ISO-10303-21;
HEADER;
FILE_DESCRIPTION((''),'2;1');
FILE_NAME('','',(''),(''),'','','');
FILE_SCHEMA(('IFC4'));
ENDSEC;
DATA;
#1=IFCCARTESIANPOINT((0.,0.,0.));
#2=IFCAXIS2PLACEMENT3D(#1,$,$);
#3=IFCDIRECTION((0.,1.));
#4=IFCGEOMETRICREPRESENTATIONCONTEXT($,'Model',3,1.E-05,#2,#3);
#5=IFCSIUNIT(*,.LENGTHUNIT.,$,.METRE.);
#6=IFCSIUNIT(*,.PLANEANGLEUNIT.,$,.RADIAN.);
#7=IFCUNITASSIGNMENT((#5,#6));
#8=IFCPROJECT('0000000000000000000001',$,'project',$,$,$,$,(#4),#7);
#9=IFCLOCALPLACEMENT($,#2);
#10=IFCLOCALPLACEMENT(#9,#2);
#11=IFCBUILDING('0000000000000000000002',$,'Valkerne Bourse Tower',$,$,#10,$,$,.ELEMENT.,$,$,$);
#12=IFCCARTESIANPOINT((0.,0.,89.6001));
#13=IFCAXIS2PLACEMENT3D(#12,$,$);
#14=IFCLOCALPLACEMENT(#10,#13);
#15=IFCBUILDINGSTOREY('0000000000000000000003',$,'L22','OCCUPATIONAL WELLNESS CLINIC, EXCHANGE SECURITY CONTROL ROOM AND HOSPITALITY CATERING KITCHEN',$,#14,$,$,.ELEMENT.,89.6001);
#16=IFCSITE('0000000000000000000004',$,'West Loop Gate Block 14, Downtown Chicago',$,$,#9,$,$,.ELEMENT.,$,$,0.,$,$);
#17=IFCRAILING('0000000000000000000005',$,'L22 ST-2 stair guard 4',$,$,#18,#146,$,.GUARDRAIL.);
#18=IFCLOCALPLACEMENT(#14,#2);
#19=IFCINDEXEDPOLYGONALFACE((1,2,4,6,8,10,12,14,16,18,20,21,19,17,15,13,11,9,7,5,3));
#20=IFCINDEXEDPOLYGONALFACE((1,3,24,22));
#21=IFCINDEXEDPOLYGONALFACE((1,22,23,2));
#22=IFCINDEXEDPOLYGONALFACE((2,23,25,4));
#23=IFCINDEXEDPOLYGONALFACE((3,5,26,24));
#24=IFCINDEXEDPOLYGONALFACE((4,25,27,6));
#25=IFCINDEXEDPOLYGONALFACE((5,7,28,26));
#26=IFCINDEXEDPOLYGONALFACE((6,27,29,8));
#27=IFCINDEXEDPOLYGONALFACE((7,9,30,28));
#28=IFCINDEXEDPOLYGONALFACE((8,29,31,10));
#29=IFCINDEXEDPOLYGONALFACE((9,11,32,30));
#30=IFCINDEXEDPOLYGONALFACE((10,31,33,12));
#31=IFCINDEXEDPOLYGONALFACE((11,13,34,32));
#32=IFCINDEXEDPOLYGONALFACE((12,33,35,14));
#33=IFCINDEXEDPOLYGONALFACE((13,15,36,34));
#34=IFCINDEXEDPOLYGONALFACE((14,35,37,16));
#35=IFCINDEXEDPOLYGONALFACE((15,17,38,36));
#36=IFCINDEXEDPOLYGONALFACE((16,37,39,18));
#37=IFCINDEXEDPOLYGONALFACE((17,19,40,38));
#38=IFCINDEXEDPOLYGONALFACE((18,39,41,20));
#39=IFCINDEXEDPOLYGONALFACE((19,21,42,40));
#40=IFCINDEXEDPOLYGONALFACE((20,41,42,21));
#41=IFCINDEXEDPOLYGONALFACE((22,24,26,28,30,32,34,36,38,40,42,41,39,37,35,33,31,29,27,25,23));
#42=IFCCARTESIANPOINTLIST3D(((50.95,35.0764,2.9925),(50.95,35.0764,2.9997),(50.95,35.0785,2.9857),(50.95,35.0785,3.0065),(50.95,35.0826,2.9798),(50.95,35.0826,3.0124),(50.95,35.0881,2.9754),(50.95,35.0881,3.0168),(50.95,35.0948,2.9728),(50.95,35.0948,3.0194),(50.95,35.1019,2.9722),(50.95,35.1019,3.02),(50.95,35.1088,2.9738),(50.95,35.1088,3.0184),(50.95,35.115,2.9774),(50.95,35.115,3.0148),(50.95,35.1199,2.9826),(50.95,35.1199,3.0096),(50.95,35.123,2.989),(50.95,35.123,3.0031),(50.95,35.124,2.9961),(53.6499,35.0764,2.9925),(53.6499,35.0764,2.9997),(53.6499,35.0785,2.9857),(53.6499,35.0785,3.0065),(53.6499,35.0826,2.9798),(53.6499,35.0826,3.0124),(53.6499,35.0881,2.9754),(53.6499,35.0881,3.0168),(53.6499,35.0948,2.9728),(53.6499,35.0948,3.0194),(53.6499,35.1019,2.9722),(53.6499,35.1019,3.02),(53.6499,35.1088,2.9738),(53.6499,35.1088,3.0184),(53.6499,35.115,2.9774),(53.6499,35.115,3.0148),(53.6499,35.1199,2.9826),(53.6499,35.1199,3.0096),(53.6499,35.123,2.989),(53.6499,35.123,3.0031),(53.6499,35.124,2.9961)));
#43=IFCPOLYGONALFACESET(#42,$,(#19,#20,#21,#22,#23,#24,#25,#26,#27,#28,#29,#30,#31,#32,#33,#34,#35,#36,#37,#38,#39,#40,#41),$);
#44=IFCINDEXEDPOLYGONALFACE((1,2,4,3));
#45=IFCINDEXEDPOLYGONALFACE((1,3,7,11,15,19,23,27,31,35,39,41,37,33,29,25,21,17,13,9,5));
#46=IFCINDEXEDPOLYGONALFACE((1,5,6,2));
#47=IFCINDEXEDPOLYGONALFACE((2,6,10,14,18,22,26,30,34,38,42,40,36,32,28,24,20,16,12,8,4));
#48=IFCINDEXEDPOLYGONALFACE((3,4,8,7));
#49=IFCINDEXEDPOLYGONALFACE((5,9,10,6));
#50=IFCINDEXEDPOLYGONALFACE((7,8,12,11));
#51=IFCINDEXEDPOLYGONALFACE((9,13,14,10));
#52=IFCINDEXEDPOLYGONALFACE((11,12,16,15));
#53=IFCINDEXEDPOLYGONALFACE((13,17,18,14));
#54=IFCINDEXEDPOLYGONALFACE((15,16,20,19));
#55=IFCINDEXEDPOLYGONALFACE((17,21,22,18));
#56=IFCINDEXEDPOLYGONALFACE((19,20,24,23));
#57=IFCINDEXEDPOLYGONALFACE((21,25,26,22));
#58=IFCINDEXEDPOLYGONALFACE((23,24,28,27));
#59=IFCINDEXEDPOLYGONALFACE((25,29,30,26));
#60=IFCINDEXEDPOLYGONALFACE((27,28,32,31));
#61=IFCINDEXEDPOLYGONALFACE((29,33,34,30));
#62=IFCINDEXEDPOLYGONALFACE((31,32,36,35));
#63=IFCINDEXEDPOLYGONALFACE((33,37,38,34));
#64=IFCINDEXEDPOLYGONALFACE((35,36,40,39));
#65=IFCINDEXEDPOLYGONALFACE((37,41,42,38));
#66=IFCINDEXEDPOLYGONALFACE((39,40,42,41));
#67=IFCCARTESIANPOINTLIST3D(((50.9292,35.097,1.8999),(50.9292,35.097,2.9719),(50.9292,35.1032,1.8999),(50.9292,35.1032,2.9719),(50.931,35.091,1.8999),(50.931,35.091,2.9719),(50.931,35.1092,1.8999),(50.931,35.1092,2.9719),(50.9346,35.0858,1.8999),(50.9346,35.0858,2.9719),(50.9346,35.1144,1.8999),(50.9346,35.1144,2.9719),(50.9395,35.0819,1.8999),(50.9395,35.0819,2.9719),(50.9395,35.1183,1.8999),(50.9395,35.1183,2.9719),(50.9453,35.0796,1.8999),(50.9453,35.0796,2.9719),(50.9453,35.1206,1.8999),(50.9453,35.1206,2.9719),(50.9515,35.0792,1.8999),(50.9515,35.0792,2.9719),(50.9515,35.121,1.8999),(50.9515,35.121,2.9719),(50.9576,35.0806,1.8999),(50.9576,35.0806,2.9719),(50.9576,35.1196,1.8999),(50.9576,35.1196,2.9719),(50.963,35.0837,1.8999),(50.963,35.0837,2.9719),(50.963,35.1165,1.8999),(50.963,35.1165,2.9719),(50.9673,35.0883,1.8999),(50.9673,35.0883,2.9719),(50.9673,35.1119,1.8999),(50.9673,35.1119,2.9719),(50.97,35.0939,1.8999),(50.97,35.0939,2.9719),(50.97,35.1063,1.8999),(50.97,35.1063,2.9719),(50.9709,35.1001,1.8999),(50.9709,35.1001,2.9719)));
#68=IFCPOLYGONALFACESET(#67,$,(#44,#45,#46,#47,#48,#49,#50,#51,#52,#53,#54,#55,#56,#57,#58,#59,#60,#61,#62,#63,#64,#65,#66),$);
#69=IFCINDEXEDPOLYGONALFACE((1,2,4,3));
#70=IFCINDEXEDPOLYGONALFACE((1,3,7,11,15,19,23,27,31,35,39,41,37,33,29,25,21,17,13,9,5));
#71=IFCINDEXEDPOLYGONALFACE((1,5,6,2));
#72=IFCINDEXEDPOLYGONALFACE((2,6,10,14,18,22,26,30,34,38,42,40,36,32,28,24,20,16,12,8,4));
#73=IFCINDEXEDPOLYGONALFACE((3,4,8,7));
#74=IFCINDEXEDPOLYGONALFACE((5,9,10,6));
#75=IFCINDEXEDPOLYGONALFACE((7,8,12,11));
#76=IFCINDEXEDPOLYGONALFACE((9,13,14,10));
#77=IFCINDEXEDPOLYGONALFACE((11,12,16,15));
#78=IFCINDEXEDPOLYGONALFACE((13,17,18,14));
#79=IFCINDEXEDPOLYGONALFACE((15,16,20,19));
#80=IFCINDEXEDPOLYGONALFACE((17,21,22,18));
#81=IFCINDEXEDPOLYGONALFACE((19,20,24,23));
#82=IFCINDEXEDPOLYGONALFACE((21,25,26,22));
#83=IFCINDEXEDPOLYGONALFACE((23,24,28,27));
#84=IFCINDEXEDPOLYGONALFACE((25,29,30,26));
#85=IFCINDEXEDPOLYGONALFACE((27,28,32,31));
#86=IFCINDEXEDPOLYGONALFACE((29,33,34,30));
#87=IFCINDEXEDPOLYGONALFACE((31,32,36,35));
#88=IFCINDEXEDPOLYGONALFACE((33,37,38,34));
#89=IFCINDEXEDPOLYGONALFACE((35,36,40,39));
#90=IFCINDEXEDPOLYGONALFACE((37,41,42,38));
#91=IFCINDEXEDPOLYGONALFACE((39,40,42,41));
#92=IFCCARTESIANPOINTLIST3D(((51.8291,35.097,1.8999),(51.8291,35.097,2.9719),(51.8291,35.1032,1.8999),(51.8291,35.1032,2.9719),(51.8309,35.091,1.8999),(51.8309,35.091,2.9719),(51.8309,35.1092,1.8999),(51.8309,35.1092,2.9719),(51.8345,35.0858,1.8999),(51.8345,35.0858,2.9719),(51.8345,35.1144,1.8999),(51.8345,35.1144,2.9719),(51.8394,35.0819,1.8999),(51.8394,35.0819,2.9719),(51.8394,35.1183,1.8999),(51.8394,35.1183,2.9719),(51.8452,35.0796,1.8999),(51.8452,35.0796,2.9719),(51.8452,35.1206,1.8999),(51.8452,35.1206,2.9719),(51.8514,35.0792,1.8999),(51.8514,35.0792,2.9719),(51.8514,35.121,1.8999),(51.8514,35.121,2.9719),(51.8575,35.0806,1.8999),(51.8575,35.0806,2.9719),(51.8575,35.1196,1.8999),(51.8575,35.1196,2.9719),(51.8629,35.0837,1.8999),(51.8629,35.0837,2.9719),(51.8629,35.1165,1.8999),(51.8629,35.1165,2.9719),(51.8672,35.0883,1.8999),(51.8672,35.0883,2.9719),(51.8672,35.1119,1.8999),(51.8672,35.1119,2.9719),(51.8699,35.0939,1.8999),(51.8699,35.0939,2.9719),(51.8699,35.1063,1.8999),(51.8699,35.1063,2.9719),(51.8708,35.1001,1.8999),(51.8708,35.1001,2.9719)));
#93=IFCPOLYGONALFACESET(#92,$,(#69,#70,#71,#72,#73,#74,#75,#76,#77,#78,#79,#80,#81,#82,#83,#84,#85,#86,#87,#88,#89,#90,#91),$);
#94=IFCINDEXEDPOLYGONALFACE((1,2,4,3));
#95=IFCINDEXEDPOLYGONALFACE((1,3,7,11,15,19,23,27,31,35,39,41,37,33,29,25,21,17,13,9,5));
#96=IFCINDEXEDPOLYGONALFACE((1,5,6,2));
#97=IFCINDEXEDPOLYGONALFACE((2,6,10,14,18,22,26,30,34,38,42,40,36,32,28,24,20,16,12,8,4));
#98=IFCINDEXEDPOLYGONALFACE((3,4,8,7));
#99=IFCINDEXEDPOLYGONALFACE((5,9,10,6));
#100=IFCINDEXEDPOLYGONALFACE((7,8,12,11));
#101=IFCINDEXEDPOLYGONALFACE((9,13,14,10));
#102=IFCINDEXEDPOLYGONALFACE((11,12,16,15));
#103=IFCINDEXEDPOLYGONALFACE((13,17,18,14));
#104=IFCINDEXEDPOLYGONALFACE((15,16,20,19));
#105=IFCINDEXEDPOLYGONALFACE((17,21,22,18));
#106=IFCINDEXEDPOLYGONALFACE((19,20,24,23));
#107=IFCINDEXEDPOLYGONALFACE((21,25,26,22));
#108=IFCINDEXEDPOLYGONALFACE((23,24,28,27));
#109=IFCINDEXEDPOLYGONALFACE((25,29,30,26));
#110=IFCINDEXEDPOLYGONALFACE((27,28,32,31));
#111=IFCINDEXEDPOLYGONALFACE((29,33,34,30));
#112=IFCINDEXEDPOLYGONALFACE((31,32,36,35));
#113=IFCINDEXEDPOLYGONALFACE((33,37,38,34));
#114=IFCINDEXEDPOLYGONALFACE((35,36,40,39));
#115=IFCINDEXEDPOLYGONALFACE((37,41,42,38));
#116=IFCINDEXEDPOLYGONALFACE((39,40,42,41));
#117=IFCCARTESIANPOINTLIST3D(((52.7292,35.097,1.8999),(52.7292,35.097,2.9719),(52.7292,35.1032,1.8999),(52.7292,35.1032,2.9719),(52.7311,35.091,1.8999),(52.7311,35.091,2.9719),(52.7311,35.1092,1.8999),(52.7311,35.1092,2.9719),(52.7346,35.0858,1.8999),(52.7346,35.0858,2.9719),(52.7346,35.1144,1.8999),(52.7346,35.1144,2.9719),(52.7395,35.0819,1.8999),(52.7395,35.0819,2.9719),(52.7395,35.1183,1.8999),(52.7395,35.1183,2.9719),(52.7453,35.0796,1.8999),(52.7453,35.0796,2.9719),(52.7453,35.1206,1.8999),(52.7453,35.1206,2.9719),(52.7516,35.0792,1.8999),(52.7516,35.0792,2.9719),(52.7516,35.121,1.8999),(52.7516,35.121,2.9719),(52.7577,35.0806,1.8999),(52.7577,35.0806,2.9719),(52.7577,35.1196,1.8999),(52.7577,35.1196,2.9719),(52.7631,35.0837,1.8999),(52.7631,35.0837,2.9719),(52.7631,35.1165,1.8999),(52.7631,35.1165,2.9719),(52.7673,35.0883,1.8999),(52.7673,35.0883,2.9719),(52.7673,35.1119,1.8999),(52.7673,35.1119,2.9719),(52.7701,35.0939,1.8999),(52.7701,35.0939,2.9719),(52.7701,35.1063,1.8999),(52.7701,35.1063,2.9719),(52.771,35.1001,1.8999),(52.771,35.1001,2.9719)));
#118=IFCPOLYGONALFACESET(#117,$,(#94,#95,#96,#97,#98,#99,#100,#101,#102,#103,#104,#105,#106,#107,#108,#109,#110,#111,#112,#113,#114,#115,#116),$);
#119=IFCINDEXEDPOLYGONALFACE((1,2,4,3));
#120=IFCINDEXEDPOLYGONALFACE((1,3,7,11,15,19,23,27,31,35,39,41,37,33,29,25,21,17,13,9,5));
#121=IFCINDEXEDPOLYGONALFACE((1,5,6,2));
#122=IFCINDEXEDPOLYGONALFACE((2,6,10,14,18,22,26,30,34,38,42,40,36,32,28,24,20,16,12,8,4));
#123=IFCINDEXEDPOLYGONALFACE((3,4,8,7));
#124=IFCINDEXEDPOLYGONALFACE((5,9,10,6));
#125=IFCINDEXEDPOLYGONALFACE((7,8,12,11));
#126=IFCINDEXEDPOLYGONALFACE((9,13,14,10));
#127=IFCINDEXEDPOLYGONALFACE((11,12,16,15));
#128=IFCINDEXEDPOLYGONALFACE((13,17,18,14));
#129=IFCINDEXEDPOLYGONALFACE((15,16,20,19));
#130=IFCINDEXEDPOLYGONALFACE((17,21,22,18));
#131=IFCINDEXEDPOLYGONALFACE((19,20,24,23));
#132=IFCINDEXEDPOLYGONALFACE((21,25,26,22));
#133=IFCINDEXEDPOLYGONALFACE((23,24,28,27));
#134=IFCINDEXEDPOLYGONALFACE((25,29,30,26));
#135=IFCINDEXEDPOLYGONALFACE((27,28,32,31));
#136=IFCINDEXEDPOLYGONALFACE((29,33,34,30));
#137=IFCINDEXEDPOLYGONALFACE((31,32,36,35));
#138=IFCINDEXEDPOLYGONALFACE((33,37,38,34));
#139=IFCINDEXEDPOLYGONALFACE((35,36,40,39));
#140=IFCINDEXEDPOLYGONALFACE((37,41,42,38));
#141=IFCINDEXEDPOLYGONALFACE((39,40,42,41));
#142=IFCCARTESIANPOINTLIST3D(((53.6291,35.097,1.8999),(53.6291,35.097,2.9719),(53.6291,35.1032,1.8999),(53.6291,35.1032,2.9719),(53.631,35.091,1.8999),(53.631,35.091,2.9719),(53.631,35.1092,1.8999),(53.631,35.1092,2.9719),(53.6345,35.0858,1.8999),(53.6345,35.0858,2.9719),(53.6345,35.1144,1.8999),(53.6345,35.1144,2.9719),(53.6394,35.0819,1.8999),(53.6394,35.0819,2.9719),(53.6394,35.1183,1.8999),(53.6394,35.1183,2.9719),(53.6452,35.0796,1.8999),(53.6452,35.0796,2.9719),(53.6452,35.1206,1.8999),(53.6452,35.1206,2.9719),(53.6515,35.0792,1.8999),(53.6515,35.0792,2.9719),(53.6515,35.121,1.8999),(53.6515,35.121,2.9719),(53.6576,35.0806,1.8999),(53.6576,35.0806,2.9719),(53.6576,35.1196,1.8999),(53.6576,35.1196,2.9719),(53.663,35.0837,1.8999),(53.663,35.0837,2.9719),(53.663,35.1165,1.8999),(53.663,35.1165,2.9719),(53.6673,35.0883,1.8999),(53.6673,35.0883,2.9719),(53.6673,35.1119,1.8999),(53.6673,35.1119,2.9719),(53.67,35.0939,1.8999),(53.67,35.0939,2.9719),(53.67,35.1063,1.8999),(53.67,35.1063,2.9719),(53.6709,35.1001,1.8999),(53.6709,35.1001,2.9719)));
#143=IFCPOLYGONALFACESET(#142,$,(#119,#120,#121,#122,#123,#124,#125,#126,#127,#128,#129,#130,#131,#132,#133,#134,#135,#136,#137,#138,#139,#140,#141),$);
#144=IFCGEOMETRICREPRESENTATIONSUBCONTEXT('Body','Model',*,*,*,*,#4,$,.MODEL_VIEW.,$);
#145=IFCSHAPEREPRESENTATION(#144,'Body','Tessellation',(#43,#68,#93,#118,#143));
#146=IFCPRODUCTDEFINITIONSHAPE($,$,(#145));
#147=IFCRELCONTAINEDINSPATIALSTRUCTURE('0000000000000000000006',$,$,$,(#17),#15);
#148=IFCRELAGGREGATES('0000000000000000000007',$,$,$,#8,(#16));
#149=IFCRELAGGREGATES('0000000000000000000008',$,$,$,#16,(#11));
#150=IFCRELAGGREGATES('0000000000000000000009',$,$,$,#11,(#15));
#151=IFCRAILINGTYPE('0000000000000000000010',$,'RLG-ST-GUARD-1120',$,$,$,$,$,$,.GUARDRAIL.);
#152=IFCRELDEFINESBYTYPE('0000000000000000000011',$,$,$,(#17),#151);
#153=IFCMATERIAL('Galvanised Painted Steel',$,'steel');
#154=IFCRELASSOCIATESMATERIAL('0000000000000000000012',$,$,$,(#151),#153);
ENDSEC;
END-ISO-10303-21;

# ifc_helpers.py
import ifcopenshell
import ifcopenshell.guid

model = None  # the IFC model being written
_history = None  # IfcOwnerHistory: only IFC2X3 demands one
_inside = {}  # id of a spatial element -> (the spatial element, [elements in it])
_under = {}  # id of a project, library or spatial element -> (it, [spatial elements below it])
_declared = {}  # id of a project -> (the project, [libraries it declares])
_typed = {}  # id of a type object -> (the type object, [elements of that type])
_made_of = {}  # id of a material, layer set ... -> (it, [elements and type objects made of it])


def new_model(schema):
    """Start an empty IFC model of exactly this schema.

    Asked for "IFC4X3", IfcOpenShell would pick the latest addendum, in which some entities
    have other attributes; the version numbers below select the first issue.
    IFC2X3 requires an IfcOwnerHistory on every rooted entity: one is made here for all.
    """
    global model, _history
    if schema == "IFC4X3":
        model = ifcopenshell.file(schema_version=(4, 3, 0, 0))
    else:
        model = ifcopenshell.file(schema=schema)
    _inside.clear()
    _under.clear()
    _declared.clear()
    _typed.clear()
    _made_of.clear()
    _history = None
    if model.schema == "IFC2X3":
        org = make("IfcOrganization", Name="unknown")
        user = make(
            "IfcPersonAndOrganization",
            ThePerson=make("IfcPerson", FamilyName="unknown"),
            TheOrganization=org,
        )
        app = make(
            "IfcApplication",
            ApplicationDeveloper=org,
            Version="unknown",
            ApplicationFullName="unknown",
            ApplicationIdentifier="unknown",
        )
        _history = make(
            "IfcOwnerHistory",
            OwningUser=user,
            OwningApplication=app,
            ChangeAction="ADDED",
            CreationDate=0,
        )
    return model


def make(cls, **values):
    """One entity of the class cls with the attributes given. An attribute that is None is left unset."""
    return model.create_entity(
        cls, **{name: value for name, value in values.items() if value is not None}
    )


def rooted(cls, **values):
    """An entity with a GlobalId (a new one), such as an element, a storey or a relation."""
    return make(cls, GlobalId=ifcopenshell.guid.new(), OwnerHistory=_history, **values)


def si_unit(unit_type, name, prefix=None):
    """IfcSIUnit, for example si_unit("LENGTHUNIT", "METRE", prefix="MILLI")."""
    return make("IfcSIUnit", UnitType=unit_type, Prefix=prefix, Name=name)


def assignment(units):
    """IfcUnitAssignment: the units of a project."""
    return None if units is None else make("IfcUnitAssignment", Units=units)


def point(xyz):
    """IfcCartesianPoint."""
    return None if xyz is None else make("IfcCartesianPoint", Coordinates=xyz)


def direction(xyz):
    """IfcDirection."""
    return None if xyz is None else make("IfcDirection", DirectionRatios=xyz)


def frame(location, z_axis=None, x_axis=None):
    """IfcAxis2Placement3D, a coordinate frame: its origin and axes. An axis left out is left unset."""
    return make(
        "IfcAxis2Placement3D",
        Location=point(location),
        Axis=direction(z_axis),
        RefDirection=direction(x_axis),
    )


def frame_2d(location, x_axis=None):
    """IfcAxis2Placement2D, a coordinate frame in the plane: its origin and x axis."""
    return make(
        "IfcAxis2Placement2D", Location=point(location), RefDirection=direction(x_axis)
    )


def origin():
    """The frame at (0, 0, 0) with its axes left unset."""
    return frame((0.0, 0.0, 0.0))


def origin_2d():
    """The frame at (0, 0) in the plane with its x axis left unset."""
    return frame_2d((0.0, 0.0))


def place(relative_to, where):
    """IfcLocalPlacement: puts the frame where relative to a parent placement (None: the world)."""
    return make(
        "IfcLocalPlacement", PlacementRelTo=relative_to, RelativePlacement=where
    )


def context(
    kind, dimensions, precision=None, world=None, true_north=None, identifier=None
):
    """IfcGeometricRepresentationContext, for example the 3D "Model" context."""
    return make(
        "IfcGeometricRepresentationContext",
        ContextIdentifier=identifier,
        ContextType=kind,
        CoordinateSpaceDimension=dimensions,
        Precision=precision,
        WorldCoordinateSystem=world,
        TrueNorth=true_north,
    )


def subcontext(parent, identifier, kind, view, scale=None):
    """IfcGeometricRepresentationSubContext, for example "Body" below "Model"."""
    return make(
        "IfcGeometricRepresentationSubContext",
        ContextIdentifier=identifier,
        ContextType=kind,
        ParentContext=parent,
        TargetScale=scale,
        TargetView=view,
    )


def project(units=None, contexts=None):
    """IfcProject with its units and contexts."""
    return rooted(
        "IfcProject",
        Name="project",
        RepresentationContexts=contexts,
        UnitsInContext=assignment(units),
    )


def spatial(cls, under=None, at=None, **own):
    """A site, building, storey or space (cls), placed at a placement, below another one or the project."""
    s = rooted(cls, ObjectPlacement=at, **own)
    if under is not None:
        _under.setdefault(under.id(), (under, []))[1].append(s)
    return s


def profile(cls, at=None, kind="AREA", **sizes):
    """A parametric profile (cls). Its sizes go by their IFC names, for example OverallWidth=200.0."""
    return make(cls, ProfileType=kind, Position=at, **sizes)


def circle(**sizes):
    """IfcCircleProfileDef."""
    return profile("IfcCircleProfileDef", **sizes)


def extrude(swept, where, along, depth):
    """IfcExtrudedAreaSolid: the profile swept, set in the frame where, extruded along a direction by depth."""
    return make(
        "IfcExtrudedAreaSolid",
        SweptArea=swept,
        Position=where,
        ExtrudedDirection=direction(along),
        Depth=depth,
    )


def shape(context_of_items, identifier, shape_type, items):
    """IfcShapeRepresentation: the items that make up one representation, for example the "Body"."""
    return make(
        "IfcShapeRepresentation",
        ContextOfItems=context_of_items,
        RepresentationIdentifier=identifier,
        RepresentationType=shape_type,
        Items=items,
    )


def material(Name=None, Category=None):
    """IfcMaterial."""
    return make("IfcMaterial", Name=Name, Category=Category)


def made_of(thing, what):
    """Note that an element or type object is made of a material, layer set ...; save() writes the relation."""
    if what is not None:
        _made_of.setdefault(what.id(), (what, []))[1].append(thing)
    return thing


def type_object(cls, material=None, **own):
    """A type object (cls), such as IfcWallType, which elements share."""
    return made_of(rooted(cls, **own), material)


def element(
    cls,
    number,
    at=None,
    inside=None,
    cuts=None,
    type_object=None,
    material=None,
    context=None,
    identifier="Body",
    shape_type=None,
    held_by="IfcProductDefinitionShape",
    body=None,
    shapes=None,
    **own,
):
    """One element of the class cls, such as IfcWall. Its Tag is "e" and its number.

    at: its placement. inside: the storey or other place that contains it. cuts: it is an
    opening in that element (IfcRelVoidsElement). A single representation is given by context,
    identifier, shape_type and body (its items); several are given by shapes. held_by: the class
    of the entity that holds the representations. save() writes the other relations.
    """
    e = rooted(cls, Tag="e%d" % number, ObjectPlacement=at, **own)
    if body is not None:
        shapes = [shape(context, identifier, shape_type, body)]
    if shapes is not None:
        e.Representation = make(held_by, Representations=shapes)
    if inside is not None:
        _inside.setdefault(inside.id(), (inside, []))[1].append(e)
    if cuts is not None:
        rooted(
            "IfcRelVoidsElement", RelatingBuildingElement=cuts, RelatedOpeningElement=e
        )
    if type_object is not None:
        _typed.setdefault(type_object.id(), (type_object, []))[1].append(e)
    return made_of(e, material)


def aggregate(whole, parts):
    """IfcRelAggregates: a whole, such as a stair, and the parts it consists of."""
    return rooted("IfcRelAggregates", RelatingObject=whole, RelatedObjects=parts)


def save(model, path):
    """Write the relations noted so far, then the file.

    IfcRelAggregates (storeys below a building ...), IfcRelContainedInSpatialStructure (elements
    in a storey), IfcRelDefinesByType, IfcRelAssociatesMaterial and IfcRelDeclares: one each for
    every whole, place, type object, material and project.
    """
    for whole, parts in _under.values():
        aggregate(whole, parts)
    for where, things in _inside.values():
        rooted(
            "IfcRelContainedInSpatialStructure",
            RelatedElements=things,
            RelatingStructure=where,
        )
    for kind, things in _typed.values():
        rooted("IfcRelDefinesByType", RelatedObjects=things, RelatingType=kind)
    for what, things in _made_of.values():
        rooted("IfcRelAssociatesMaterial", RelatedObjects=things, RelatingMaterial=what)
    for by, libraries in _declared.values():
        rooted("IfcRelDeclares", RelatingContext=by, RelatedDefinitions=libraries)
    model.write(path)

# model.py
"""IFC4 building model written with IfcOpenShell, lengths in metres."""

from ifc_helpers import new_model, si_unit, direction, frame, origin, origin_2d, place, context, subcontext, project, spatial, circle, extrude, material, type_object, element, save


model = new_model("IFC4")

# Units and contexts
model_context = context("Model", 3, precision=1e-05, world=origin(), true_north=direction((0.0, 1.0)))
body_context = subcontext(model_context, "Body", "Model", "MODEL_VIEW")
ifc_project = project(units=[si_unit("LENGTHUNIT", "METRE"), si_unit("PLANEANGLEUNIT", "RADIAN")], contexts=[model_context])

# Site, building, storey
site_placement = place(None, origin())
site = spatial("IfcSite", under=ifc_project, at=site_placement, Name="West Loop Gate Block 14, Downtown Chicago", CompositionType="ELEMENT", RefElevation=0.0)
building_placement = place(site_placement, origin())
building = spatial("IfcBuilding", under=site, at=building_placement, Name="Valkerne Bourse Tower", CompositionType="ELEMENT")
storey_placement = place(building_placement, frame((0.0, 0.0, 89.6001)))
storey = spatial("IfcBuildingStorey", under=building, at=storey_placement, Name="L22", Description="OCCUPATIONAL WELLNESS CLINIC, EXCHANGE SECURITY CONTROL ROOM AND HOSPITALITY CATERING KITCHEN", CompositionType="ELEMENT", Elevation=89.6001)

# Railing
ifc_material_1 = material(Name="Galvanised Painted Steel", Category="steel")
railing_type_1 = type_object("IfcRailingType", Name="RLG-ST-GUARD-1120", PredefinedType="GUARDRAIL", material=ifc_material_1)
for number, where, name in (
    (1, (50.95, 35.1001, 1.8999), "L22 ST-2 stair guard 4"),
):
    element("IfcRailing", number, at=place(storey_placement, frame(where)), inside=storey, type_object=railing_type_1, Name=name, PredefinedType="GUARDRAIL", context=body_context, shape_type="SweptSolid", body=[
        extrude(circle(Radius=0.0239, at=origin_2d()), frame((0.0, 0.0, 1.0962), z_axis=(1.0, 0.0, 0.0), x_axis=(0.0, 1.0, 0.0)), (0.0, 0.0, 1.0), 2.7),
        extrude(circle(Radius=0.021, at=origin_2d()), origin(), (0.0, 0.0, 1.0), 1.072),
        extrude(circle(Radius=0.021, at=origin_2d()), frame((0.8999, 0.0, 0.0)), (0.0, 0.0, 1.0), 1.072),
        extrude(circle(Radius=0.021, at=origin_2d()), frame((1.8, 0.0, 0.0)), (0.0, 0.0, 1.0), 1.072),
        extrude(circle(Radius=0.021, at=origin_2d()), frame((2.7, 0.0, 0.0)), (0.0, 0.0, 1.0), 1.072),
    ])

save(model, "model.ifc")
